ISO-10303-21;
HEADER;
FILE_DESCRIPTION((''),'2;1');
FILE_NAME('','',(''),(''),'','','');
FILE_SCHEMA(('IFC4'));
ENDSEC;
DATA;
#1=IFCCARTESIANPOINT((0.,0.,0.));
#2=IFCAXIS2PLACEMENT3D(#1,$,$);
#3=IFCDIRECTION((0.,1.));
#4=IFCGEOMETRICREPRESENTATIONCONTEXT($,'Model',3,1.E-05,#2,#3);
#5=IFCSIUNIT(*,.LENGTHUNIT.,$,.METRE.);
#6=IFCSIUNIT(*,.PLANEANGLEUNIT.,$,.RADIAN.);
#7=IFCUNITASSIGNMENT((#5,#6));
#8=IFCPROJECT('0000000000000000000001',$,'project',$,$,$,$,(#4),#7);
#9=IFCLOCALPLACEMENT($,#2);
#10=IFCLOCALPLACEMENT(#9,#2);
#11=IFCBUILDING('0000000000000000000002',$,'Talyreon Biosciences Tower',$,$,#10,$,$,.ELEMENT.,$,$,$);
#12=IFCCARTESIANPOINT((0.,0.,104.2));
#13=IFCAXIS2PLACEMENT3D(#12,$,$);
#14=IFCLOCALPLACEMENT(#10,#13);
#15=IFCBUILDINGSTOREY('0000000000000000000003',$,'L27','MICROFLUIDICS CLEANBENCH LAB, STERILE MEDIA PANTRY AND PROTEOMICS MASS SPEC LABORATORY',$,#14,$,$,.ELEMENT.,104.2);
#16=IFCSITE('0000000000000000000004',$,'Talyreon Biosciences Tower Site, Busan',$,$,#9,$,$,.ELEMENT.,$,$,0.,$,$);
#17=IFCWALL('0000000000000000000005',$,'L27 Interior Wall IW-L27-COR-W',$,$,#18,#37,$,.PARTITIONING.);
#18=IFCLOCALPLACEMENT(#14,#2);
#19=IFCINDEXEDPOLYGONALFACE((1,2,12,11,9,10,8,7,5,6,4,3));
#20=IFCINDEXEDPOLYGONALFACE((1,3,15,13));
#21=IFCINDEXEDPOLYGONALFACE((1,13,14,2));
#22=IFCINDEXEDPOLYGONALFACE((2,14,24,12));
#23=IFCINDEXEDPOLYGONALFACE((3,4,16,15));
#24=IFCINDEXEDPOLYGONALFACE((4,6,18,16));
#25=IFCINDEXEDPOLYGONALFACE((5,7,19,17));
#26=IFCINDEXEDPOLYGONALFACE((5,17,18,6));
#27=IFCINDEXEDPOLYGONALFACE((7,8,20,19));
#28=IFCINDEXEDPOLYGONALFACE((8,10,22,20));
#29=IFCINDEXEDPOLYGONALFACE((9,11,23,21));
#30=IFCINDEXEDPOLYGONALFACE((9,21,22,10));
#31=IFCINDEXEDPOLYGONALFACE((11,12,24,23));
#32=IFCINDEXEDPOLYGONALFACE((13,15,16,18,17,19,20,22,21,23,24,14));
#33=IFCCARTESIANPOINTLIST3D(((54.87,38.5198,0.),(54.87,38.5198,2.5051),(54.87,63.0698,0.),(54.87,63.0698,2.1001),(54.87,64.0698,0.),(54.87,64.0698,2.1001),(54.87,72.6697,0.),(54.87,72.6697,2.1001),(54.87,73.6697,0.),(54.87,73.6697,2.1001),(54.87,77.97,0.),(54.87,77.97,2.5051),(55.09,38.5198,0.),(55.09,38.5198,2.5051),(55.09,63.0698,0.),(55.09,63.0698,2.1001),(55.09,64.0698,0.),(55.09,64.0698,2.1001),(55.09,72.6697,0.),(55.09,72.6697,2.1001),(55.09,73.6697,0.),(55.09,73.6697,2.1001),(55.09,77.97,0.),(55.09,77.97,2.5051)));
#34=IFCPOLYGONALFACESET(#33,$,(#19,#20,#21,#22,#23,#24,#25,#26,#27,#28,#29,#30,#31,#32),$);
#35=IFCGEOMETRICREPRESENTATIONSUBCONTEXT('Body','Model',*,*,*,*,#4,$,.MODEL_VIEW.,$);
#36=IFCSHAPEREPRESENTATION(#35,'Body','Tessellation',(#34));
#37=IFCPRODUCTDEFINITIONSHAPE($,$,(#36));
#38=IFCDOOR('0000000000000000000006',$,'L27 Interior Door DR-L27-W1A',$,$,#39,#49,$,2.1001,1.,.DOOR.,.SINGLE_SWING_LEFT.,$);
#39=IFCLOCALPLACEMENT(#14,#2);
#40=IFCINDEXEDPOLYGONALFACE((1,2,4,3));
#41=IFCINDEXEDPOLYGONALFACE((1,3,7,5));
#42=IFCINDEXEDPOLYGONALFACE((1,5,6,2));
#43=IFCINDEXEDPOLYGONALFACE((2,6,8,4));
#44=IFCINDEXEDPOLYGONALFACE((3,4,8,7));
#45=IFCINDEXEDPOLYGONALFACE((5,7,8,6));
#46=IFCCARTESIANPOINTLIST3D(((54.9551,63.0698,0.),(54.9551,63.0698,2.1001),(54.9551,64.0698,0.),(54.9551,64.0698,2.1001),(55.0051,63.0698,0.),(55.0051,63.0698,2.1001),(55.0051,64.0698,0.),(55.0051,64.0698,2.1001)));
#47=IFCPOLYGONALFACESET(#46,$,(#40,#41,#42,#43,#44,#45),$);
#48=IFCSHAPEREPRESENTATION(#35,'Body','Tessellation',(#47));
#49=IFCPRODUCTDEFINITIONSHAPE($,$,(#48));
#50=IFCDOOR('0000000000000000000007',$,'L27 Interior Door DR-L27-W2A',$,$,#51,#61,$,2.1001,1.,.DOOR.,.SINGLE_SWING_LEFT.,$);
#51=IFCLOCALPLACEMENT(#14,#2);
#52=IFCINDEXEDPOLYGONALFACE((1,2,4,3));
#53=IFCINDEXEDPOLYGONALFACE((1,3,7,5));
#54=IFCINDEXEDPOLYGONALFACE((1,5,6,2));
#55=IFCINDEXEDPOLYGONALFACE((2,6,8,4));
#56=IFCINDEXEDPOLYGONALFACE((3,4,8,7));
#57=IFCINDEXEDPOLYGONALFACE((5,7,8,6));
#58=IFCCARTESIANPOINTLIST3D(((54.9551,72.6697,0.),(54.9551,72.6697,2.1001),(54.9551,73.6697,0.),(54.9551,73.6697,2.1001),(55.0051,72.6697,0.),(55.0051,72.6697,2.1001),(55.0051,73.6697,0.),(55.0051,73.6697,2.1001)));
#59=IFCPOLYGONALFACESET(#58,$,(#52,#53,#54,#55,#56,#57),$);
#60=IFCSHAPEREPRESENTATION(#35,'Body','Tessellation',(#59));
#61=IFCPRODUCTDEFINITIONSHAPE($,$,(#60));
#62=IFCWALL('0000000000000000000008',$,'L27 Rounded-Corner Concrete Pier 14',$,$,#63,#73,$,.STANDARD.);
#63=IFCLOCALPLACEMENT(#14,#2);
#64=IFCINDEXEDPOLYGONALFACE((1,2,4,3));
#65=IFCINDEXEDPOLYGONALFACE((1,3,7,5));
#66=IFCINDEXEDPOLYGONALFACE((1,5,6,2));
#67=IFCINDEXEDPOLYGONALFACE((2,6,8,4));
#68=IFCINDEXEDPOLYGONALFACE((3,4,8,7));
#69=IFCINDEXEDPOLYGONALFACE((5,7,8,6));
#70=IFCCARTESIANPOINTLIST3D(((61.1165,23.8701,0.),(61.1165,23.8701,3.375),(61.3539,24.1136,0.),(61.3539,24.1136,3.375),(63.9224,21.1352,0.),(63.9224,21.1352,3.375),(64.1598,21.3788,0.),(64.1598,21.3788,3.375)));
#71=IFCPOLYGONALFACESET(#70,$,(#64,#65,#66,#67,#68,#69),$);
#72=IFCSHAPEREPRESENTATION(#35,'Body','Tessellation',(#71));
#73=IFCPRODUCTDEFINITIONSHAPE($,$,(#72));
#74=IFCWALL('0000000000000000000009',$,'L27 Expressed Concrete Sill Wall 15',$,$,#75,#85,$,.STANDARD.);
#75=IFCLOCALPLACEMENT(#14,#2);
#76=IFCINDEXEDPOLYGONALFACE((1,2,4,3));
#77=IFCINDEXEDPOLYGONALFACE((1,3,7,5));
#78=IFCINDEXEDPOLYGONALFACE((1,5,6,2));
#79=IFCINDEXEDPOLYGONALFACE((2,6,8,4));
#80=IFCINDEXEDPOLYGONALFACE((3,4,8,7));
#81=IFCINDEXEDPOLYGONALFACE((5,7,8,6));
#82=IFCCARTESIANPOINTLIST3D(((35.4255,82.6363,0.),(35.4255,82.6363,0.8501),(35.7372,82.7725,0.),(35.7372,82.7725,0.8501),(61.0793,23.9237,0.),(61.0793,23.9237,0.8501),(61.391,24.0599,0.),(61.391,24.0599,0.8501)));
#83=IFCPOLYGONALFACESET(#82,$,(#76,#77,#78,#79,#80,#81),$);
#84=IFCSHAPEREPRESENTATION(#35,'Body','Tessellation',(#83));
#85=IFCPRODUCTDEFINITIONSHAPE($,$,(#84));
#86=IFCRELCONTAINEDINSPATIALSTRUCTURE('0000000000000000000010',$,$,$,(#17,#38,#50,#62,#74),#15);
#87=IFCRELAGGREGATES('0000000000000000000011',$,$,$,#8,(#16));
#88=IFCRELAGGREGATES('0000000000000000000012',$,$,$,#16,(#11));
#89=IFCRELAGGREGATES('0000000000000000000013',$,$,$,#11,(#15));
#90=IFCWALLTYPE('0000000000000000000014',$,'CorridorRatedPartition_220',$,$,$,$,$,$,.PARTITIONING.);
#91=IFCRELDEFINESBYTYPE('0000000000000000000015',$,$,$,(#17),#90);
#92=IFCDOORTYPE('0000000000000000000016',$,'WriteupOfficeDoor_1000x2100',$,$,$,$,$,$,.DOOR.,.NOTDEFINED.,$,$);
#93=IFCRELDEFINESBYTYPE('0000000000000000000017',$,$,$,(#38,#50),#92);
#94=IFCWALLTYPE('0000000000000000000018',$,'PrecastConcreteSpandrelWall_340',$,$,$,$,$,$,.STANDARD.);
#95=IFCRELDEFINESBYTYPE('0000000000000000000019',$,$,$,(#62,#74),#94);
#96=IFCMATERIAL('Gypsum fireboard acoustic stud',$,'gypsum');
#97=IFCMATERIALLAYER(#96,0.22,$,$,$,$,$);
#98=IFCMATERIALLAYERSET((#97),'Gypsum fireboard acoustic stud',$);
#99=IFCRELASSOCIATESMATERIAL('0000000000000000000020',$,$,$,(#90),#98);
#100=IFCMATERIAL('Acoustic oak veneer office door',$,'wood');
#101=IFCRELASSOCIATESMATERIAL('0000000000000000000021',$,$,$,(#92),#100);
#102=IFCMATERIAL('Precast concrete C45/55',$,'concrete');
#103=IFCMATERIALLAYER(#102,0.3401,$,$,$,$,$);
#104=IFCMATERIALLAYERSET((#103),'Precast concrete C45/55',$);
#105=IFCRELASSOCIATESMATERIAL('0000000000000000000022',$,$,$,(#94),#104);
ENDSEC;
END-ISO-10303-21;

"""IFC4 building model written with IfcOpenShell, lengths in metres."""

from ifc_helpers import new_model, si_unit, direction, frame, frame_2d, origin, place, context, subcontext, project, spatial, rectangle, extrude, material, layer, layer_set, type_object, element, fill, save


model = new_model("IFC4")

# Units and contexts
model_context = context("Model", 3, precision=1e-05, world=origin(), true_north=direction((0.0, 1.0)))
body_context = subcontext(model_context, "Body", "Model", "MODEL_VIEW")
ifc_project = project(units=[si_unit("LENGTHUNIT", "METRE"), si_unit("PLANEANGLEUNIT", "RADIAN")], contexts=[model_context])

# Site, building, storey
site_placement = place(None, origin())
site = spatial("IfcSite", under=ifc_project, at=site_placement, Name="Talyreon Biosciences Tower Site, Busan", CompositionType="ELEMENT", RefElevation=0.0)
building_placement = place(site_placement, origin())
building = spatial("IfcBuilding", under=site, at=building_placement, Name="Talyreon Biosciences Tower", CompositionType="ELEMENT")
storey_placement = place(building_placement, frame((0.0, 0.0, 104.2)))
storey = spatial("IfcBuildingStorey", under=building, at=storey_placement, Name="L27", Description="MICROFLUIDICS CLEANBENCH LAB, STERILE MEDIA PANTRY AND PROTEOMICS MASS SPEC LABORATORY", CompositionType="ELEMENT", Elevation=104.2)

# Shared definitions
ifc_material_1 = material(Name="Precast concrete C45/55", Category="concrete")

# Shared definitions
ifc_material_2 = material(Name="Gypsum fireboard acoustic stud", Category="gypsum")

# Wall, openings, doors
ifc_layer_1 = layer(ifc_material_2, 0.22)
ifc_layer_set_1 = layer_set([ifc_layer_1], Name="Gypsum fireboard acoustic stud")
wall_type_1 = type_object("IfcWallType", Name="CorridorRatedPartition_220", PredefinedType="PARTITIONING", material=ifc_layer_set_1)
wall_1_placement = place(storey_placement, frame((54.98, 38.5198, 0.0), z_axis=(0.0, 0.0, 1.0), x_axis=(0.0, 1.0, 0.0)))
wall_1 = element("IfcWall", 1, at=wall_1_placement, inside=storey, type_object=wall_type_1, Name="L27 Interior Wall IW-L27-COR-W", PredefinedType="PARTITIONING", context=body_context, shape_type="SweptSolid", body=[
    extrude(rectangle(XDim=39.4502, YDim=0.22, at=frame_2d((19.7251, 0.0))), origin(), (0.0, 0.0, 1.0), 2.5051),
])
opening_1_placement = place(wall_1_placement, frame((24.55, 0.0, 0.0)))
opening_1 = element("IfcOpeningElement", 2, at=opening_1_placement, cuts=wall_1, PredefinedType="OPENING", context=body_context, shape_type="SweptSolid", body=[
    extrude(rectangle(XDim=1.0, YDim=2.1001, at=frame_2d((0.5, 1.05))), frame((0.0, 0.1199, 0.0), z_axis=(0.0, -1.0, 0.0), x_axis=(1.0, 0.0, 0.0)), (0.0, 0.0, 1.0), 0.24),
])
opening_2_placement = place(wall_1_placement, frame((34.1499, 0.0, 0.0)))
opening_2 = element("IfcOpeningElement", 3, at=opening_2_placement, cuts=wall_1, PredefinedType="OPENING", context=body_context, shape_type="SweptSolid", body=[
    extrude(rectangle(XDim=1.0, YDim=2.1001, at=frame_2d((0.5, 1.05))), frame((0.0, 0.1199, 0.0), z_axis=(0.0, -1.0, 0.0), x_axis=(1.0, 0.0, 0.0)), (0.0, 0.0, 1.0), 0.24),
])
ifc_material_3 = material(Name="Acoustic oak veneer office door", Category="wood")
door_type = type_object("IfcDoorType", Name="WriteupOfficeDoor_1000x2100", OperationType="NOTDEFINED", PredefinedType="DOOR", material=ifc_material_3)
door_1_placement = place(opening_1_placement, origin())
door_1 = element("IfcDoor", 4, at=door_1_placement, inside=storey, type_object=door_type, Name="L27 Interior Door DR-L27-W1A", OperationType="SINGLE_SWING_LEFT", OverallHeight=2.1001, OverallWidth=1.0, PredefinedType="DOOR", context=body_context, shape_type="SweptSolid", body=[
    extrude(rectangle(XDim=1.0, YDim=2.1001, at=frame_2d((0.5, 1.05))), frame((0.0, 0.0249, 0.0), z_axis=(0.0, -1.0, 0.0), x_axis=(1.0, 0.0, 0.0)), (0.0, 0.0, 1.0), 0.05),
])
fill(opening_1, door_1)
door_2_placement = place(opening_2_placement, origin())
door_2 = element("IfcDoor", 5, at=door_2_placement, inside=storey, type_object=door_type, Name="L27 Interior Door DR-L27-W2A", OperationType="SINGLE_SWING_LEFT", OverallHeight=2.1001, OverallWidth=1.0, PredefinedType="DOOR", context=body_context, shape_type="SweptSolid", body=[
    extrude(rectangle(XDim=1.0, YDim=2.1001, at=frame_2d((0.5, 1.05))), frame((0.0, 0.0249, 0.0), z_axis=(0.0, -1.0, 0.0), x_axis=(1.0, 0.0, 0.0)), (0.0, 0.0, 1.0), 0.05),
])
fill(opening_2, door_2)

# Walls
ifc_layer_2 = layer(ifc_material_1, 0.3401)
ifc_layer_set_2 = layer_set([ifc_layer_2], Name="Precast concrete C45/55")
wall_type_2 = type_object("IfcWallType", Name="PrecastConcreteSpandrelWall_340", PredefinedType="STANDARD", material=ifc_layer_set_2)
wall_2_placement = place(storey_placement, frame((64.041, 21.2571, 0.0), z_axis=(0.0, 0.0, 1.0), x_axis=(-0.716115, 0.697983, 0.0)))
element("IfcWall", 6, at=wall_2_placement, inside=storey, type_object=wall_type_2, Name="L27 Rounded-Corner Concrete Pier 14", PredefinedType="STANDARD", context=body_context, shape_type="SweptSolid", body=[
    extrude(rectangle(XDim=3.9182, YDim=0.3401, at=frame_2d((1.959, 0.0))), origin(), (0.0, 0.0, 1.0), 3.375),
])
wall_3_placement = place(storey_placement, frame((61.2351, 23.9919, 0.0), z_axis=(0.0, 0.0, 1.0), x_axis=(-0.400387, 0.916346, 0.0)))
element("IfcWall", 7, at=wall_3_placement, inside=storey, type_object=wall_type_2, Name="L27 Expressed Concrete Sill Wall 15", PredefinedType="STANDARD", context=body_context, shape_type="SweptSolid", body=[
    extrude(rectangle(XDim=64.0725, YDim=0.3401, at=frame_2d((32.0361, 0.0))), origin(), (0.0, 0.0, 1.0), 0.8501),
])

save(model, "model.ifc")
